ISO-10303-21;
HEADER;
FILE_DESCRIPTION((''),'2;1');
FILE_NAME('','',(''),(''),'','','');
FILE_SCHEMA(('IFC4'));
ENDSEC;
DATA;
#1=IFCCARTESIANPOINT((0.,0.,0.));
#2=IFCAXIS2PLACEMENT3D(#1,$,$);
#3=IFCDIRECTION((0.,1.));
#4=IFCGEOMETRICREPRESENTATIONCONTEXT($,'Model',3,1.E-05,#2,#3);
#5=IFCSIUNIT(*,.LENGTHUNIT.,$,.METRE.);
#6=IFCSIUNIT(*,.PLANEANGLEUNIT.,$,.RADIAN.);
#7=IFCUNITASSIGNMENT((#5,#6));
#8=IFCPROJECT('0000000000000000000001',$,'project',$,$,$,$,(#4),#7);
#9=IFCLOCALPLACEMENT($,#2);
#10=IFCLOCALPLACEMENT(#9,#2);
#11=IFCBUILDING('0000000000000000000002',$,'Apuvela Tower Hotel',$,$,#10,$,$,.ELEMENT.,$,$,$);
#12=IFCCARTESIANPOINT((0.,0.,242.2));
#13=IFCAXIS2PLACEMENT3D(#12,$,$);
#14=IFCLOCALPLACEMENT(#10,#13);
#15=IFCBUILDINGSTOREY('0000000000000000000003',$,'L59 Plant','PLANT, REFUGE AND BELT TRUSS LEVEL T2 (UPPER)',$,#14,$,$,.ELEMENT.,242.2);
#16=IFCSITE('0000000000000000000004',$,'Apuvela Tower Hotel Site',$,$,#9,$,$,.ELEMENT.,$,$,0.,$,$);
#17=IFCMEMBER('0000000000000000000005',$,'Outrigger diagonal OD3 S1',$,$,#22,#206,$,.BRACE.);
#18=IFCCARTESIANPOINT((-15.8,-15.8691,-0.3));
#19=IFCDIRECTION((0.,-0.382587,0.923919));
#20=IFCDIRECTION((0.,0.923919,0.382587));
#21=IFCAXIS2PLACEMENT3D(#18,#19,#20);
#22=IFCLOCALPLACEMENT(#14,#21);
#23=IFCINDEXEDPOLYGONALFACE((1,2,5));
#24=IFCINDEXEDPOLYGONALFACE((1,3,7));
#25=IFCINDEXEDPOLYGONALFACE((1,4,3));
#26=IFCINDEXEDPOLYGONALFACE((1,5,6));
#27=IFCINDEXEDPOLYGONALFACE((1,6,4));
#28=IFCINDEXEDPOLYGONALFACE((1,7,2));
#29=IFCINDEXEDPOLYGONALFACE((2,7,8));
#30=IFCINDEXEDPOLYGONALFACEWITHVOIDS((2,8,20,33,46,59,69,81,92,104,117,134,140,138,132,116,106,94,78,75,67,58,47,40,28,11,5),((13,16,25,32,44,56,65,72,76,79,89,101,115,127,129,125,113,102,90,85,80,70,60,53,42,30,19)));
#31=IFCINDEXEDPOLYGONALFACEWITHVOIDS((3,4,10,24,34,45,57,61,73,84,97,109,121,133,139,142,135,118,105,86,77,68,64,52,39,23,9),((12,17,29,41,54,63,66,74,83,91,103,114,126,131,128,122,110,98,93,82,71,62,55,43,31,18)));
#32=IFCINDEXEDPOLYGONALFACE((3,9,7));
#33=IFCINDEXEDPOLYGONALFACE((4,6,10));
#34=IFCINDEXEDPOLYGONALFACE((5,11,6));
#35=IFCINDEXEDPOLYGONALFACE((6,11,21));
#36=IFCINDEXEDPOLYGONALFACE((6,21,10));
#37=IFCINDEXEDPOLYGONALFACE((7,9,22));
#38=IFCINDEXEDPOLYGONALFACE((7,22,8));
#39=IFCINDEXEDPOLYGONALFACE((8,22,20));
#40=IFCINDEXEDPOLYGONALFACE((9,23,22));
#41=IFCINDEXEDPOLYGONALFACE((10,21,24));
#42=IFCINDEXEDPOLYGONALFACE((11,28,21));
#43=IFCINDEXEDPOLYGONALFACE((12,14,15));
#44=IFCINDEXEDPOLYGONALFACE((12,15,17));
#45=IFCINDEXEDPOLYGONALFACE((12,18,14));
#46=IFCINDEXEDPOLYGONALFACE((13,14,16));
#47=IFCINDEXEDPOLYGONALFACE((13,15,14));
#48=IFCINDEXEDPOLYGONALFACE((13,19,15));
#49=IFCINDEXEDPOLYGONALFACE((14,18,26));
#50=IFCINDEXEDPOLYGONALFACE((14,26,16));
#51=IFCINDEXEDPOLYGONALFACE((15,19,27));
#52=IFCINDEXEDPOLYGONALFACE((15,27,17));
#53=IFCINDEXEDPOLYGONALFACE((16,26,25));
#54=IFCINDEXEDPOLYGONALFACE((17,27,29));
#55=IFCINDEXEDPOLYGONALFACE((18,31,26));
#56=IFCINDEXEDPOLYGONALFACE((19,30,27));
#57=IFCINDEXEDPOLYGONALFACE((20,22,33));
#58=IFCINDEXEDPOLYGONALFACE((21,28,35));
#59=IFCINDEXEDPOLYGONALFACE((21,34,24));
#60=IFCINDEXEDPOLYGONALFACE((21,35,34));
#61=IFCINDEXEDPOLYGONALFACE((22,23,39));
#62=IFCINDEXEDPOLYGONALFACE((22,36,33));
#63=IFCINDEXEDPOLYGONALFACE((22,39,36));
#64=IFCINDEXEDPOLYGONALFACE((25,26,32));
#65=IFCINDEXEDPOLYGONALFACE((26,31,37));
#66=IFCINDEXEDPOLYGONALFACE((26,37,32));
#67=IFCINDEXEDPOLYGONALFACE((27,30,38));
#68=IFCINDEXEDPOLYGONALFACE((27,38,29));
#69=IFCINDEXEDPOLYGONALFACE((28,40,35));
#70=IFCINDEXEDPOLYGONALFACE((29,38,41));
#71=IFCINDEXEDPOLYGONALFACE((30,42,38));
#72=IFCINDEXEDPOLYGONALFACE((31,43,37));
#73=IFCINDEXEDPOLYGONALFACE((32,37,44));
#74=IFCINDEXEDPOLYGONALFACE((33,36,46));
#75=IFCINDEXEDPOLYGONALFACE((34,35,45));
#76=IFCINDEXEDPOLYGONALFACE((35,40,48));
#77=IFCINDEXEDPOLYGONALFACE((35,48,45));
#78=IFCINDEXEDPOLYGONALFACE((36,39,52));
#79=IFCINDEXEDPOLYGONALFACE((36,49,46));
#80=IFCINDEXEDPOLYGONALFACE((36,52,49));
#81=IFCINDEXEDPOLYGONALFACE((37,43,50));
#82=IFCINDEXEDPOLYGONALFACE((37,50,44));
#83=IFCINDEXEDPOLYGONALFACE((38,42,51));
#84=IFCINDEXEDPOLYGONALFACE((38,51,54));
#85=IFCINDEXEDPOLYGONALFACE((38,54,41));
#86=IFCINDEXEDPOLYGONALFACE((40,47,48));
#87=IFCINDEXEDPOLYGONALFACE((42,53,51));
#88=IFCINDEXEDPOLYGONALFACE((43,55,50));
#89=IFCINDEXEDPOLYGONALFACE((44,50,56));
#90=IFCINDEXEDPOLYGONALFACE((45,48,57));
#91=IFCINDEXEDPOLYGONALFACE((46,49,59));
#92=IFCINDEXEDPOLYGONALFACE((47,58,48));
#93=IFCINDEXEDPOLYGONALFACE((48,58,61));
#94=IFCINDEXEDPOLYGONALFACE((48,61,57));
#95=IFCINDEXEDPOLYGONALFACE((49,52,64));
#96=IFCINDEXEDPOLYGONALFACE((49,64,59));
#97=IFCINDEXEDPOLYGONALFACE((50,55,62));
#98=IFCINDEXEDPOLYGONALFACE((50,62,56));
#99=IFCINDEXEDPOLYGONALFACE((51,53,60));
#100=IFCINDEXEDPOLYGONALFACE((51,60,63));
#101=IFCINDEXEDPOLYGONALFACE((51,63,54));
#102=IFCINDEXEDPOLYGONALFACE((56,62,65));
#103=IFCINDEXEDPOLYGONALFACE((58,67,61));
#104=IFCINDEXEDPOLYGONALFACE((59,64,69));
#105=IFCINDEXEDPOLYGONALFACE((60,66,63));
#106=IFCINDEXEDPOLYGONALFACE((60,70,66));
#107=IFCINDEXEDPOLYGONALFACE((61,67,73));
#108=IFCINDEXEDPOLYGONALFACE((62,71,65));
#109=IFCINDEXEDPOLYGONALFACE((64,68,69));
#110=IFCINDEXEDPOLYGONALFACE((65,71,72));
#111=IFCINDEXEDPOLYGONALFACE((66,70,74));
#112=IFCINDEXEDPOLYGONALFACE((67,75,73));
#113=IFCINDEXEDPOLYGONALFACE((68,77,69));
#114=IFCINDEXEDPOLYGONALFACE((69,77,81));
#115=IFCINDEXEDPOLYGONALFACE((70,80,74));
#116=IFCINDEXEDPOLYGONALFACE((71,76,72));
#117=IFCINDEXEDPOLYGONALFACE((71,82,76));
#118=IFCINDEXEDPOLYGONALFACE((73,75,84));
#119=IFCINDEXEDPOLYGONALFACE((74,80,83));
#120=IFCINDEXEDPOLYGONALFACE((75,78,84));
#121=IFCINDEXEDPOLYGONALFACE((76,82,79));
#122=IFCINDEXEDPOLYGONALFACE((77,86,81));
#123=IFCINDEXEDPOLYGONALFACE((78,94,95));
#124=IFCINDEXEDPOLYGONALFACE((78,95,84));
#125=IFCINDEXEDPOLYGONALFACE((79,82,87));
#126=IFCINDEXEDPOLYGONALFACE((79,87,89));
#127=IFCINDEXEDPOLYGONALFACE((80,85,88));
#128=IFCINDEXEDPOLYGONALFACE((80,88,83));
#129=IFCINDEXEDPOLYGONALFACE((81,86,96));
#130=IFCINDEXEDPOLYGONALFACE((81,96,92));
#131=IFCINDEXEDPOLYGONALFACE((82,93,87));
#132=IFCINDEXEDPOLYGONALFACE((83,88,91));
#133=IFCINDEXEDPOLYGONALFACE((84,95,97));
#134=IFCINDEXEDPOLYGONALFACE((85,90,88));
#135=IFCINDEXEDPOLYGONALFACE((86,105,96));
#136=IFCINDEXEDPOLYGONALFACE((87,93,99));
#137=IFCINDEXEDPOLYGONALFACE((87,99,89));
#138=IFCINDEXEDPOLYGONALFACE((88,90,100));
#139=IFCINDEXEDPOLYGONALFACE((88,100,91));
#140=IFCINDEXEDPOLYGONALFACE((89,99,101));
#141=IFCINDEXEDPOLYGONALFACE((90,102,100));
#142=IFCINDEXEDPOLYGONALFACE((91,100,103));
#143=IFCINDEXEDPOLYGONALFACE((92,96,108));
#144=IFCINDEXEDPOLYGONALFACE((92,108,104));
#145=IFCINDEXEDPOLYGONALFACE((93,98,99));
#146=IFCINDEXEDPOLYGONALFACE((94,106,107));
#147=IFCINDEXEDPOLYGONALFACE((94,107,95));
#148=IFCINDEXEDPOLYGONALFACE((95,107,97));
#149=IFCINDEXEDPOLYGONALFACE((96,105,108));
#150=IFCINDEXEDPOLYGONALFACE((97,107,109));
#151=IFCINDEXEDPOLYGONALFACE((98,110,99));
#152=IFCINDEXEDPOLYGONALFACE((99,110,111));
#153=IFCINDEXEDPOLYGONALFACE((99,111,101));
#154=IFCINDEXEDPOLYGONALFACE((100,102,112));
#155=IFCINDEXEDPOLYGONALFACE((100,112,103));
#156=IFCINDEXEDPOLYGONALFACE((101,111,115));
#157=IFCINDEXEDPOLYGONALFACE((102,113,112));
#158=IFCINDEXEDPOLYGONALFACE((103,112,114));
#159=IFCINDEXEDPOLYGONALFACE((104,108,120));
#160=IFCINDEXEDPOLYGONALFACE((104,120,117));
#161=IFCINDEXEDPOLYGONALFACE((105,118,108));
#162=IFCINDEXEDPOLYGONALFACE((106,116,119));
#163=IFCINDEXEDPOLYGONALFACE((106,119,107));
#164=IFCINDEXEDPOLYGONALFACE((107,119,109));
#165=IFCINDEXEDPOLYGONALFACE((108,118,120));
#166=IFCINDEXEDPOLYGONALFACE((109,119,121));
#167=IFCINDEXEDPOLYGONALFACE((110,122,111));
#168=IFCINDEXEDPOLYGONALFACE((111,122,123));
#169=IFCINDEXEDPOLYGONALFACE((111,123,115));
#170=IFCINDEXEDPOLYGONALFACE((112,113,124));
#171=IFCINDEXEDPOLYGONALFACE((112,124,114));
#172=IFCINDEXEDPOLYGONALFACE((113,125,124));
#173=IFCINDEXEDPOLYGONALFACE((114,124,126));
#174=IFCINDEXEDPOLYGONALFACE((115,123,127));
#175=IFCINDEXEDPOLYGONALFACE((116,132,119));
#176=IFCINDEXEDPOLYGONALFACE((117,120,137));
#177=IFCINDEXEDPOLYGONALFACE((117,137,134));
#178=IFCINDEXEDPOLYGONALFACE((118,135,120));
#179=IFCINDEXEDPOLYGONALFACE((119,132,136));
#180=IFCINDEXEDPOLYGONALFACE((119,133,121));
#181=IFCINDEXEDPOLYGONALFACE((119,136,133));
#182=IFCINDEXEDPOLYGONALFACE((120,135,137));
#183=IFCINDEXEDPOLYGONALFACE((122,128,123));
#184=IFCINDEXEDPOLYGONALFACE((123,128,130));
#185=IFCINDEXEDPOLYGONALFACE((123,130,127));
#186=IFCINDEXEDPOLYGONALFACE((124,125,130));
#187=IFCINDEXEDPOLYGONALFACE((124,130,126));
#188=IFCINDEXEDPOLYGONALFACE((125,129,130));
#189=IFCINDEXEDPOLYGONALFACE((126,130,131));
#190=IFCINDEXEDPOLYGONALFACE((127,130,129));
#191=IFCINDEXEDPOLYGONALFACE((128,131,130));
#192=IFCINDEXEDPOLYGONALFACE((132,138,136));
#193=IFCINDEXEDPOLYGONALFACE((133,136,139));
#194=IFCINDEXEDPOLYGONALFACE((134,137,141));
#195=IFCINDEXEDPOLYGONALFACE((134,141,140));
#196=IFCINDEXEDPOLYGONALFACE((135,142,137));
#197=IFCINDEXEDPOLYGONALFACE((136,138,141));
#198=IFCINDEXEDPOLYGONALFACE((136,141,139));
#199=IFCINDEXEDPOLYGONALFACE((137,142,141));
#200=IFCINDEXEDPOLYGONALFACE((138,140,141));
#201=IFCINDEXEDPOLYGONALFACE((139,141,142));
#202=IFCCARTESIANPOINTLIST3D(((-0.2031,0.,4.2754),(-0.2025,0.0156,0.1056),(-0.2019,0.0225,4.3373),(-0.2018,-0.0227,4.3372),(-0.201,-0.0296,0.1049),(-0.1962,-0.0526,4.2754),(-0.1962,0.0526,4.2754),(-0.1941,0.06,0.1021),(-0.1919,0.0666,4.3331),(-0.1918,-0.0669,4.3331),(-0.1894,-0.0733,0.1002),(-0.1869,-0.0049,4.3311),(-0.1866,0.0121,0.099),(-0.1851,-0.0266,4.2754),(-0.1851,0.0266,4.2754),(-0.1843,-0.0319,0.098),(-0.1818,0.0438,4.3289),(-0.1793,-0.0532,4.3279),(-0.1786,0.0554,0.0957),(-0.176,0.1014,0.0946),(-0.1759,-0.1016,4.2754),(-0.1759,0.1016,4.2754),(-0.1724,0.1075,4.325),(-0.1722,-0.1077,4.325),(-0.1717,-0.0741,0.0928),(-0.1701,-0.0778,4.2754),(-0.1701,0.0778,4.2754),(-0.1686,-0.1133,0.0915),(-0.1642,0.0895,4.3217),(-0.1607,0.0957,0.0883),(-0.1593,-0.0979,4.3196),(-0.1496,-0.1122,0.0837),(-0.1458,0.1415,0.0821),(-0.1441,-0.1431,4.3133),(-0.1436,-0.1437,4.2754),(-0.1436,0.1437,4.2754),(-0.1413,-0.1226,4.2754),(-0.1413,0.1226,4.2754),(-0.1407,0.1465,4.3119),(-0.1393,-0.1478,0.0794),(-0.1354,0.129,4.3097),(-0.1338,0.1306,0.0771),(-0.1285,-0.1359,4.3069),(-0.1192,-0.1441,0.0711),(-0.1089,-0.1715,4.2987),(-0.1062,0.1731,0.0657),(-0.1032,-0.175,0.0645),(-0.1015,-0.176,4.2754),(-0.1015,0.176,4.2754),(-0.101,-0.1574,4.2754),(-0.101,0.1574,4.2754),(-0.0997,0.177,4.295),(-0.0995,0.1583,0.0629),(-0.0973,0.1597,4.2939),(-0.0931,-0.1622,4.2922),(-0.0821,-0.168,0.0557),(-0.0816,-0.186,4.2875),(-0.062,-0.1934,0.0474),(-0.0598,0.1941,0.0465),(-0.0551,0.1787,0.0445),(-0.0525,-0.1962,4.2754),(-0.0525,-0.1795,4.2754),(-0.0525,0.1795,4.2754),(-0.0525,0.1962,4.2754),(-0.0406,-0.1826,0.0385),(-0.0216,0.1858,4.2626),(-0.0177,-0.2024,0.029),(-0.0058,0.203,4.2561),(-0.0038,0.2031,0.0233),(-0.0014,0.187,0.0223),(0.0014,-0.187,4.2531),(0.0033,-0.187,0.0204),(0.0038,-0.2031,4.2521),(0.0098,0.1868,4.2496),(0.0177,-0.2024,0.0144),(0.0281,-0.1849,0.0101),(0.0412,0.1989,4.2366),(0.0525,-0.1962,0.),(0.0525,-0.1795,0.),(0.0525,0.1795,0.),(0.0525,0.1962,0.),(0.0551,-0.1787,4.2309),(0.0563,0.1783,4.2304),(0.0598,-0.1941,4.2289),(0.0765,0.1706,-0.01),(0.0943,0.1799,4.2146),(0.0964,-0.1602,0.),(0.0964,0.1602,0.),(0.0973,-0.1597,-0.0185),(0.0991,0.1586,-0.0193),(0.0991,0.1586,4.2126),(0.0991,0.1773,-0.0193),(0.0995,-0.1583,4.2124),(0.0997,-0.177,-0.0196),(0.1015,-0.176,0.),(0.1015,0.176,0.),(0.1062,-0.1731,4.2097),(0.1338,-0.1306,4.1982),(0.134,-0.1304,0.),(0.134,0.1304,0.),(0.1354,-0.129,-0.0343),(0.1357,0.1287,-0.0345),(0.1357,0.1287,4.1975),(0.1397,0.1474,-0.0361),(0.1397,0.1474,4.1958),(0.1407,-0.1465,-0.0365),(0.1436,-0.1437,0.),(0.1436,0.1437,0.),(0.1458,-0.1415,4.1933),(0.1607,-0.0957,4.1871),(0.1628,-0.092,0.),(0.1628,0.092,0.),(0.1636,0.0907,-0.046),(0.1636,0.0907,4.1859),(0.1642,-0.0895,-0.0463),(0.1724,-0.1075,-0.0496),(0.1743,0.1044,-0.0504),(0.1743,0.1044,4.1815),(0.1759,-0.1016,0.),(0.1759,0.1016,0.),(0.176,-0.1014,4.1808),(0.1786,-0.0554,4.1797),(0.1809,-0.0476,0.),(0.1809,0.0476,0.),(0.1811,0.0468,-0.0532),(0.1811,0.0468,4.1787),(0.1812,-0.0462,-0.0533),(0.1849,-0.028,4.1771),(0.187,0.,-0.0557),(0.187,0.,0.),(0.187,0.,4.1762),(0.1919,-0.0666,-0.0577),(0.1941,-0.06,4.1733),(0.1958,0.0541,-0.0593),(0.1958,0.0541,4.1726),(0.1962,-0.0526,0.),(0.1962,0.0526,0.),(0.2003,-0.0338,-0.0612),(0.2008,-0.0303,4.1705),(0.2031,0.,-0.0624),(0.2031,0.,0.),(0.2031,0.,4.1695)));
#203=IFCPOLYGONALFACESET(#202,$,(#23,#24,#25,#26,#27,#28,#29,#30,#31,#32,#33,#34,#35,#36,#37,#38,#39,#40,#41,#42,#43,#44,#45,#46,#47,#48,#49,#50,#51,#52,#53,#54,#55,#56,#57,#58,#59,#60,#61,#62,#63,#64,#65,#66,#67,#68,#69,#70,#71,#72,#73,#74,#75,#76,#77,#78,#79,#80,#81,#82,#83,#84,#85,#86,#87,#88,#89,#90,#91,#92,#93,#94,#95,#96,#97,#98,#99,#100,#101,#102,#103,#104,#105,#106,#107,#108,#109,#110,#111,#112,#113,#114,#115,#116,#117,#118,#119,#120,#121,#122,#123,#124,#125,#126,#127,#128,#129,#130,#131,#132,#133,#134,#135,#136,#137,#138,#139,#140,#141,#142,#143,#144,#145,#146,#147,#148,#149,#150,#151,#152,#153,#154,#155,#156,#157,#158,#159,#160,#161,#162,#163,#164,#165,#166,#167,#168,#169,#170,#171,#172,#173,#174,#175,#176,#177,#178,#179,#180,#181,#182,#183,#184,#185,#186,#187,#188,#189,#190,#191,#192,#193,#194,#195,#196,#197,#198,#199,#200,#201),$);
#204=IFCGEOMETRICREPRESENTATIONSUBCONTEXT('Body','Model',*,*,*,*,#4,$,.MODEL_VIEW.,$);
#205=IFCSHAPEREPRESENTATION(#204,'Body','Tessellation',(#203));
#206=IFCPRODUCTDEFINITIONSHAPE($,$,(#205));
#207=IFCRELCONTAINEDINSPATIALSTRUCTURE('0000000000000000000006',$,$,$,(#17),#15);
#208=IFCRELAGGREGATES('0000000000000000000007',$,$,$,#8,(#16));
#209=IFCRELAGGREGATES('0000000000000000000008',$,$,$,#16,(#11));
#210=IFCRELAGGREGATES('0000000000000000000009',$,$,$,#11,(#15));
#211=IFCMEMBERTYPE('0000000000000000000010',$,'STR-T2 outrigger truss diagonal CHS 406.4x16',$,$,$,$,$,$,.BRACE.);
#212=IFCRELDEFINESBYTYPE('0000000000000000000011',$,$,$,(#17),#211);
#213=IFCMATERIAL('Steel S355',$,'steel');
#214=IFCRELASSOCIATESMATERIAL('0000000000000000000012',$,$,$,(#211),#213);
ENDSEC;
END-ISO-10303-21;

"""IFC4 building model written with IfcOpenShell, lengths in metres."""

from ifc_helpers import new_model, si_unit, direction, frame, origin, origin_2d, place, context, subcontext, project, spatial, hollow_circle, extrude, boolean, halfspace, material, material_profile, profile_set, type_object, element, save


model = new_model("IFC4")

# Units and contexts
model_context = context("Model", 3, precision=1e-05, world=origin(), true_north=direction((0.0, 1.0)))
body_context = subcontext(model_context, "Body", "Model", "MODEL_VIEW")
ifc_project = project(units=[si_unit("LENGTHUNIT", "METRE"), si_unit("PLANEANGLEUNIT", "RADIAN")], contexts=[model_context])

# Site, building, storey
site_placement = place(None, origin())
site = spatial("IfcSite", under=ifc_project, at=site_placement, Name="Apuvela Tower Hotel Site", CompositionType="ELEMENT", RefElevation=0.0)
building_placement = place(site_placement, origin())
building = spatial("IfcBuilding", under=site, at=building_placement, Name="Apuvela Tower Hotel", CompositionType="ELEMENT")
storey_placement = place(building_placement, frame((0.0, 0.0, 242.2)))
storey = spatial("IfcBuildingStorey", under=building, at=storey_placement, Name="L59 Plant", Description="PLANT, REFUGE AND BELT TRUSS LEVEL T2 (UPPER)", CompositionType="ELEMENT", Elevation=242.2)

# Shared definitions
ifc_material_1 = material(Name="Steel S355", Category="steel")

# Member
ifc_material_profile_1 = material_profile(ifc_material_1, hollow_circle(Radius=0.2031, WallThickness=0.0161, at=origin_2d()), Name="CHS 406.4x16")
ifc_profile_set_1 = profile_set([ifc_material_profile_1], Name="Steel S355")
member_type = type_object("IfcMemberType", Name="STR-T2 outrigger truss diagonal CHS 406.4x16", PredefinedType="BRACE", material=ifc_profile_set_1)
member_placement = place(storey_placement, frame((-15.8, -15.8691, -0.3), z_axis=(0.0, -0.382587, 0.923919), x_axis=(0.0, 0.923919, 0.382587)))
solid = boolean("DIFFERENCE", boolean("DIFFERENCE", extrude(hollow_circle(Radius=0.2031, WallThickness=0.0161, at=origin_2d()), frame((0.0, 0.0, -0.2041)), (0.0, 0.0, 1.0), 4.6838), halfspace(frame((0.0, 0.0, 0.0217), z_axis=(0.382587, 0.0, 0.923919), x_axis=(0.923919, 0.0, -0.382587)), True)), halfspace(frame((0.0, 0.0, 4.2537), z_axis=(0.382587, 0.0, 0.923919), x_axis=(0.923919, 0.0, -0.382587)), False))
element("IfcMember", 1, at=member_placement, inside=storey, type_object=member_type, Name="Outrigger diagonal OD3 S1", PredefinedType="BRACE", context=body_context, shape_type="SweptSolid", body=[
    boolean("UNION", boolean("DIFFERENCE", boolean("DIFFERENCE", extrude(hollow_circle(Radius=0.2031, WallThickness=0.0161, at=origin_2d()), origin(), (0.0, 0.0, 1.0), 4.2754), halfspace(frame((0.0, 0.0, 0.0217), z_axis=(0.382587, 0.0, 0.923919), x_axis=(0.923919, 0.0, -0.382587)), True)), halfspace(frame((0.0, 0.0, 4.2537), z_axis=(0.382587, 0.0, 0.923919), x_axis=(0.923919, 0.0, -0.382587)), False)), solid),
])

save(model, "model.ifc")
